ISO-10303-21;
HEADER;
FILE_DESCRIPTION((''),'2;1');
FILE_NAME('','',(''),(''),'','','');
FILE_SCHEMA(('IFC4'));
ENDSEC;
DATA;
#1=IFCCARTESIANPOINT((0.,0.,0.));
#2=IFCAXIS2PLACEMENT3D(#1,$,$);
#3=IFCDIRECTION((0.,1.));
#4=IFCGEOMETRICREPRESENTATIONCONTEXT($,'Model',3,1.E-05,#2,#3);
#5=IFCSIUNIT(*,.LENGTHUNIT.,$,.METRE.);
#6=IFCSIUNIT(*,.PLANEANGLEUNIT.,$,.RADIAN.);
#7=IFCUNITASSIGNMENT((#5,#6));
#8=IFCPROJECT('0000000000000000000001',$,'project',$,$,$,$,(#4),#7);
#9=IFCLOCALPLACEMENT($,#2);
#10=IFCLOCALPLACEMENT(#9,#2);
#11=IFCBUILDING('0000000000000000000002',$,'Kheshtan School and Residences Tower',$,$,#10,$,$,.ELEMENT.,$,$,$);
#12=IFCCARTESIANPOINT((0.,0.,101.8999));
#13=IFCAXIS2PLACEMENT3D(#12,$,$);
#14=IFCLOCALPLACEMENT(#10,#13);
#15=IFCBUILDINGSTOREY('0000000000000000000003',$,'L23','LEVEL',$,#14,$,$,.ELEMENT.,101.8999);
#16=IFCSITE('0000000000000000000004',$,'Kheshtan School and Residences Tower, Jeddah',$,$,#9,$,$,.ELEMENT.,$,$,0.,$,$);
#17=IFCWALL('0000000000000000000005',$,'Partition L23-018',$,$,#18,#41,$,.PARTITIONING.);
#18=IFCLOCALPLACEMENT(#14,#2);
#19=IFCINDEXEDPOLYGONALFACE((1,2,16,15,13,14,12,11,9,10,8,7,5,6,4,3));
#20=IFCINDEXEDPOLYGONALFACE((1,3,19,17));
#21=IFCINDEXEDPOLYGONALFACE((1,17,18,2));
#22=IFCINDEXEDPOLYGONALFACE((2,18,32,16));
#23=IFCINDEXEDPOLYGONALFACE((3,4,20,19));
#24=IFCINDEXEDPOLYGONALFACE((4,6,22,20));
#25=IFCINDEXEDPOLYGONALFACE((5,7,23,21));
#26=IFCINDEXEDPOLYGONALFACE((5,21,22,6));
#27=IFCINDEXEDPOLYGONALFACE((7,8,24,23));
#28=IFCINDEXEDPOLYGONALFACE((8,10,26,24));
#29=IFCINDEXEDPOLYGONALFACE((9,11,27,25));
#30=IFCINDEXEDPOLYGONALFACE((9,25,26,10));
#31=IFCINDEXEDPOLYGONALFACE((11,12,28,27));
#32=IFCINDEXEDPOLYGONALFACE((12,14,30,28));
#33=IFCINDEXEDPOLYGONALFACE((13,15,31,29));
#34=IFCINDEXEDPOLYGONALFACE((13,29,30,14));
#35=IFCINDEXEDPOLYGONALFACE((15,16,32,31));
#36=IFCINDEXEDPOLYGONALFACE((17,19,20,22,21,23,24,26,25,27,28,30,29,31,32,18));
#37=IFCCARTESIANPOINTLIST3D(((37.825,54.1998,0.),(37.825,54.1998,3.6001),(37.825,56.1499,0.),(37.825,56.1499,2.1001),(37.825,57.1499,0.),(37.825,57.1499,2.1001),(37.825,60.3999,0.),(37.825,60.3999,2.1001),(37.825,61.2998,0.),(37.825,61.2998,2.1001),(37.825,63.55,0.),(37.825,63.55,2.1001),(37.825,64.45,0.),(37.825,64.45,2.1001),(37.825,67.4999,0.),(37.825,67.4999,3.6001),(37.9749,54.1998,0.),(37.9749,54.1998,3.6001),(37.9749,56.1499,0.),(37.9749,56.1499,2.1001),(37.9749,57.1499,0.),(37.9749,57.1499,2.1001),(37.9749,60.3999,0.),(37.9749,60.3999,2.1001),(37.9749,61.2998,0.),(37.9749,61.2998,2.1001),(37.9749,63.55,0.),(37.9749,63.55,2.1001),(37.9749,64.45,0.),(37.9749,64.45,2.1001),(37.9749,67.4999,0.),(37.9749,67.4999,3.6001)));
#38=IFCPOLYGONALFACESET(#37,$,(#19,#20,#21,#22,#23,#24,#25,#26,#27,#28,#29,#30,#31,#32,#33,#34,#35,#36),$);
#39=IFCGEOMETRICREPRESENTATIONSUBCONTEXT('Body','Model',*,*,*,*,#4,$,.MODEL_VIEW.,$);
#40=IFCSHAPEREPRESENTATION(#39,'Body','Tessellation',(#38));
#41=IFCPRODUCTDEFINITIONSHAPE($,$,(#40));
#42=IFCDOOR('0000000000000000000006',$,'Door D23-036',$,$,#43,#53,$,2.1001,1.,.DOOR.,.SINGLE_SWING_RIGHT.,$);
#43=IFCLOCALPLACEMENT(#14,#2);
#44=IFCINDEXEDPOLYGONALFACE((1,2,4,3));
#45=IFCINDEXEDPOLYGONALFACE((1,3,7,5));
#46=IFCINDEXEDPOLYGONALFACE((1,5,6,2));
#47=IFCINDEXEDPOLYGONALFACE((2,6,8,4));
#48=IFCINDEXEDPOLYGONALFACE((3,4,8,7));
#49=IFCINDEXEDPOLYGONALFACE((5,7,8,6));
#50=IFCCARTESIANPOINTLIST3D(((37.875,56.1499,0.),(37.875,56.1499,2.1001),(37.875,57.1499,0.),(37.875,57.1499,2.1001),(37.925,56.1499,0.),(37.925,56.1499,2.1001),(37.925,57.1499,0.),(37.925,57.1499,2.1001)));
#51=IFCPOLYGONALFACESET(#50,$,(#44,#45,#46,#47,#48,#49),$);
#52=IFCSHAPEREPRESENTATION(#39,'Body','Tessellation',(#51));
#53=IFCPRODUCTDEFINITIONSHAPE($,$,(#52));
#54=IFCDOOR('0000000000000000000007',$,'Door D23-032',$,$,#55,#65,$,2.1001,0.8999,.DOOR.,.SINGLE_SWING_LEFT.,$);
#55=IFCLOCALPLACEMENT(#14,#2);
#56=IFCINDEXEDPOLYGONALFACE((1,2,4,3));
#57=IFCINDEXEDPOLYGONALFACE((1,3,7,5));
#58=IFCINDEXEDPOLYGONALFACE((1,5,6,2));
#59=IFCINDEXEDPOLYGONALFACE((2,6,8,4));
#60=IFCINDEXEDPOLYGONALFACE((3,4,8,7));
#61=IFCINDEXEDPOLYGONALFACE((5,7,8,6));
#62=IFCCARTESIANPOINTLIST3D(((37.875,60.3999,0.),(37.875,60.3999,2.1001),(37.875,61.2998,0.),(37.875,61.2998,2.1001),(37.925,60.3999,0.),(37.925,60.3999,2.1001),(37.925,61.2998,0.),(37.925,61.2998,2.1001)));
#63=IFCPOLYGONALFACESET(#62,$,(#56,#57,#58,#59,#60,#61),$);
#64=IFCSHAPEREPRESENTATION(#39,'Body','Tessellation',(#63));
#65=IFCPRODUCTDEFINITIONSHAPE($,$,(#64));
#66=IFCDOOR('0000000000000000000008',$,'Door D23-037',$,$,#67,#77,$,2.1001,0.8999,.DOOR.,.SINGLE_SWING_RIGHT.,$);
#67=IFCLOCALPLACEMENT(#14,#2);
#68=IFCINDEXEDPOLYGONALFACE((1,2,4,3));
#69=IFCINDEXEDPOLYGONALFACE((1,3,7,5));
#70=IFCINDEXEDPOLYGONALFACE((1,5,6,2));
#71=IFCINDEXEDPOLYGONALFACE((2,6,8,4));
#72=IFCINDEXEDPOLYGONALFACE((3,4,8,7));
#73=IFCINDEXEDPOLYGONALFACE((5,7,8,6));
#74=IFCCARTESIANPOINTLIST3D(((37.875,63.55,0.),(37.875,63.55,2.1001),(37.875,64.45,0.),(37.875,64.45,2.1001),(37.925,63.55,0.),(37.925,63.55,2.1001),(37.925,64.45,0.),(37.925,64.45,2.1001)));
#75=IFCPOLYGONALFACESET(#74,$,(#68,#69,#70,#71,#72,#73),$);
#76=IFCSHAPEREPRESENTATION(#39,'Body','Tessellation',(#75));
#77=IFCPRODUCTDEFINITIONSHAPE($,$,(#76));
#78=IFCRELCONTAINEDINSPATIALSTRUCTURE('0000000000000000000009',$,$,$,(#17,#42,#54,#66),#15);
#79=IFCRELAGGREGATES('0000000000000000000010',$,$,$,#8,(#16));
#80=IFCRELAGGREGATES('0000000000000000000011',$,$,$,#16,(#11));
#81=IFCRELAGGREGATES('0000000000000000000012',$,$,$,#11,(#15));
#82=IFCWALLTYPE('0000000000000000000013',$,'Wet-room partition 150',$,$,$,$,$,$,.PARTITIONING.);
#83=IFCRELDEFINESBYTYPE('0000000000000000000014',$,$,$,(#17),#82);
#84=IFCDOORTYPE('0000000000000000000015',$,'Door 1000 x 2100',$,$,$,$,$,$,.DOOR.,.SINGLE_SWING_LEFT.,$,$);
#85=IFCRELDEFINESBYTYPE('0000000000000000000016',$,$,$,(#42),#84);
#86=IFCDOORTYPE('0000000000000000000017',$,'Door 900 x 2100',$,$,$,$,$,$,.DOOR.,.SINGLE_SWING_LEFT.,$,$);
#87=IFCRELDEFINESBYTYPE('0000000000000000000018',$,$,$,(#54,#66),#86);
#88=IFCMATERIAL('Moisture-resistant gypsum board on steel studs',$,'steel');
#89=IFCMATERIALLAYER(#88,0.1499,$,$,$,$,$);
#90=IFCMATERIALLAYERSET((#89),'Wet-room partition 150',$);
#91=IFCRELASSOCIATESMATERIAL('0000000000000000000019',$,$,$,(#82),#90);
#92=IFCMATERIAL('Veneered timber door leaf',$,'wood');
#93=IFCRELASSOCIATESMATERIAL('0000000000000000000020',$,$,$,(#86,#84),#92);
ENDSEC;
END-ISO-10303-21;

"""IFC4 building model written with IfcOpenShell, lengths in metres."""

from ifc_helpers import new_model, si_unit, direction, frame, frame_2d, origin, place, context, subcontext, project, spatial, rectangle, extrude, source, transform, mapped, material, layer, layer_set, type_object, element, fill, save


model = new_model("IFC4")

# Units and contexts
model_context = context("Model", 3, precision=1e-05, world=origin(), true_north=direction((0.0, 1.0)))
body_context = subcontext(model_context, "Body", "Model", "MODEL_VIEW")
ifc_project = project(units=[si_unit("LENGTHUNIT", "METRE"), si_unit("PLANEANGLEUNIT", "RADIAN")], contexts=[model_context])

# Site, building, storey
site_placement = place(None, origin())
site = spatial("IfcSite", under=ifc_project, at=site_placement, Name="Kheshtan School and Residences Tower, Jeddah", CompositionType="ELEMENT", RefElevation=0.0)
building_placement = place(site_placement, origin())
building = spatial("IfcBuilding", under=site, at=building_placement, Name="Kheshtan School and Residences Tower", CompositionType="ELEMENT")
storey_placement = place(building_placement, frame((0.0, 0.0, 101.8999)))
storey = spatial("IfcBuildingStorey", under=building, at=storey_placement, Name="L23", Description="LEVEL", CompositionType="ELEMENT", Elevation=101.8999)

# Wall, openings, doors
ifc_material_1 = material(Name="Moisture-resistant gypsum board on steel studs", Category="steel")
ifc_layer_1 = layer(ifc_material_1, 0.1499)
ifc_layer_set_1 = layer_set([ifc_layer_1], Name="Wet-room partition 150")
wall_type = type_object("IfcWallType", Name="Wet-room partition 150", PredefinedType="PARTITIONING", material=ifc_layer_set_1)
ifc_material_2 = material(Name="Veneered timber door leaf", Category="wood")
door_type_1 = type_object("IfcDoorType", Name="Door 900 x 2100", OperationType="SINGLE_SWING_LEFT", PredefinedType="DOOR", material=ifc_material_2)
shared_shape_1 = source(origin(), body_context, "Body", "SweptSolid", [
    extrude(rectangle(XDim=0.8999, YDim=2.1001, at=frame_2d((0.45, 1.05))), frame((0.0, 0.0249, 0.0), z_axis=(0.0, -1.0, 0.0), x_axis=(1.0, 0.0, 0.0)), (0.0, 0.0, 1.0), 0.05),
])
wall_1_placement = place(storey_placement, frame((37.8999, 54.2, 0.0), z_axis=(0.0, 0.0, 1.0), x_axis=(0.0, 1.0, 0.0)))
wall_1 = element("IfcWall", 1, at=wall_1_placement, inside=storey, type_object=wall_type, Name="Partition L23-018", PredefinedType="PARTITIONING", context=body_context, shape_type="SweptSolid", body=[
    extrude(rectangle(XDim=13.3, YDim=0.1499, at=frame_2d((6.6499, 0.0))), origin(), (0.0, 0.0, 1.0), 3.6001),
])
opening_1_placement = place(wall_1_placement, frame((6.2, 0.0, 0.0)))
opening_1 = element("IfcOpeningElement", 2, at=opening_1_placement, cuts=wall_1, PredefinedType="OPENING", context=body_context, shape_type="SweptSolid", body=[
    extrude(rectangle(XDim=0.8999, YDim=2.1001, at=frame_2d((0.45, 1.05))), frame((0.0, 0.085, 0.0), z_axis=(0.0, -1.0, 0.0), x_axis=(1.0, 0.0, 0.0)), (0.0, 0.0, 1.0), 0.1699),
])
opening_2_placement = place(wall_1_placement, frame((1.95, 0.0, 0.0)))
opening_2 = element("IfcOpeningElement", 3, at=opening_2_placement, cuts=wall_1, PredefinedType="OPENING", context=body_context, shape_type="SweptSolid", body=[
    extrude(rectangle(XDim=1.0, YDim=2.1001, at=frame_2d((0.5, 1.05))), frame((0.0, 0.085, 0.0), z_axis=(0.0, -1.0, 0.0), x_axis=(1.0, 0.0, 0.0)), (0.0, 0.0, 1.0), 0.1699),
])
opening_3_placement = place(wall_1_placement, frame((9.3501, 0.0, 0.0)))
opening_3 = element("IfcOpeningElement", 4, at=opening_3_placement, cuts=wall_1, PredefinedType="OPENING", context=body_context, shape_type="SweptSolid", body=[
    extrude(rectangle(XDim=0.8999, YDim=2.1001, at=frame_2d((0.45, 1.05))), frame((0.0, 0.085, 0.0), z_axis=(0.0, -1.0, 0.0), x_axis=(1.0, 0.0, 0.0)), (0.0, 0.0, 1.0), 0.1699),
])
door_type_2 = type_object("IfcDoorType", Name="Door 1000 x 2100", OperationType="SINGLE_SWING_LEFT", PredefinedType="DOOR", material=ifc_material_2)
shared_shape_2 = source(origin(), body_context, "Body", "SweptSolid", [
    extrude(rectangle(XDim=1.0, YDim=2.1001, at=frame_2d((0.5, 1.05))), frame((0.0, 0.0249, 0.0), z_axis=(0.0, -1.0, 0.0), x_axis=(1.0, 0.0, 0.0)), (0.0, 0.0, 1.0), 0.05),
])
door_1_placement = place(opening_2_placement, origin())
door_1 = element("IfcDoor", 5, at=door_1_placement, inside=storey, type_object=door_type_2, Name="Door D23-036", OperationType="SINGLE_SWING_RIGHT", OverallHeight=2.1001, OverallWidth=1.0, PredefinedType="DOOR", context=body_context, shape_type="MappedRepresentation", body=[
    mapped(shared_shape_2, transform((0.0, 0.0, 0.0), x_axis=(1.0, 0.0, 0.0), y_axis=(0.0, 1.0, 0.0), z_axis=(0.0, 0.0, 1.0), scale=1.0)),
])
fill(opening_2, door_1)
door_2_placement = place(opening_1_placement, origin())
door_2 = element("IfcDoor", 6, at=door_2_placement, inside=storey, type_object=door_type_1, Name="Door D23-032", OperationType="SINGLE_SWING_LEFT", OverallHeight=2.1001, OverallWidth=0.8999, PredefinedType="DOOR", context=body_context, shape_type="MappedRepresentation", body=[
    mapped(shared_shape_1, transform((0.0, 0.0, 0.0), x_axis=(1.0, 0.0, 0.0), y_axis=(0.0, 1.0, 0.0), z_axis=(0.0, 0.0, 1.0), scale=1.0)),
])
fill(opening_1, door_2)
door_3_placement = place(opening_3_placement, origin())
door_3 = element("IfcDoor", 7, at=door_3_placement, inside=storey, type_object=door_type_1, Name="Door D23-037", OperationType="SINGLE_SWING_RIGHT", OverallHeight=2.1001, OverallWidth=0.8999, PredefinedType="DOOR", context=body_context, shape_type="MappedRepresentation", body=[
    mapped(shared_shape_1, transform((0.0, 0.0, 0.0), x_axis=(1.0, 0.0, 0.0), y_axis=(0.0, 1.0, 0.0), z_axis=(0.0, 0.0, 1.0), scale=1.0)),
])
fill(opening_3, door_3)

save(model, "model.ifc")
